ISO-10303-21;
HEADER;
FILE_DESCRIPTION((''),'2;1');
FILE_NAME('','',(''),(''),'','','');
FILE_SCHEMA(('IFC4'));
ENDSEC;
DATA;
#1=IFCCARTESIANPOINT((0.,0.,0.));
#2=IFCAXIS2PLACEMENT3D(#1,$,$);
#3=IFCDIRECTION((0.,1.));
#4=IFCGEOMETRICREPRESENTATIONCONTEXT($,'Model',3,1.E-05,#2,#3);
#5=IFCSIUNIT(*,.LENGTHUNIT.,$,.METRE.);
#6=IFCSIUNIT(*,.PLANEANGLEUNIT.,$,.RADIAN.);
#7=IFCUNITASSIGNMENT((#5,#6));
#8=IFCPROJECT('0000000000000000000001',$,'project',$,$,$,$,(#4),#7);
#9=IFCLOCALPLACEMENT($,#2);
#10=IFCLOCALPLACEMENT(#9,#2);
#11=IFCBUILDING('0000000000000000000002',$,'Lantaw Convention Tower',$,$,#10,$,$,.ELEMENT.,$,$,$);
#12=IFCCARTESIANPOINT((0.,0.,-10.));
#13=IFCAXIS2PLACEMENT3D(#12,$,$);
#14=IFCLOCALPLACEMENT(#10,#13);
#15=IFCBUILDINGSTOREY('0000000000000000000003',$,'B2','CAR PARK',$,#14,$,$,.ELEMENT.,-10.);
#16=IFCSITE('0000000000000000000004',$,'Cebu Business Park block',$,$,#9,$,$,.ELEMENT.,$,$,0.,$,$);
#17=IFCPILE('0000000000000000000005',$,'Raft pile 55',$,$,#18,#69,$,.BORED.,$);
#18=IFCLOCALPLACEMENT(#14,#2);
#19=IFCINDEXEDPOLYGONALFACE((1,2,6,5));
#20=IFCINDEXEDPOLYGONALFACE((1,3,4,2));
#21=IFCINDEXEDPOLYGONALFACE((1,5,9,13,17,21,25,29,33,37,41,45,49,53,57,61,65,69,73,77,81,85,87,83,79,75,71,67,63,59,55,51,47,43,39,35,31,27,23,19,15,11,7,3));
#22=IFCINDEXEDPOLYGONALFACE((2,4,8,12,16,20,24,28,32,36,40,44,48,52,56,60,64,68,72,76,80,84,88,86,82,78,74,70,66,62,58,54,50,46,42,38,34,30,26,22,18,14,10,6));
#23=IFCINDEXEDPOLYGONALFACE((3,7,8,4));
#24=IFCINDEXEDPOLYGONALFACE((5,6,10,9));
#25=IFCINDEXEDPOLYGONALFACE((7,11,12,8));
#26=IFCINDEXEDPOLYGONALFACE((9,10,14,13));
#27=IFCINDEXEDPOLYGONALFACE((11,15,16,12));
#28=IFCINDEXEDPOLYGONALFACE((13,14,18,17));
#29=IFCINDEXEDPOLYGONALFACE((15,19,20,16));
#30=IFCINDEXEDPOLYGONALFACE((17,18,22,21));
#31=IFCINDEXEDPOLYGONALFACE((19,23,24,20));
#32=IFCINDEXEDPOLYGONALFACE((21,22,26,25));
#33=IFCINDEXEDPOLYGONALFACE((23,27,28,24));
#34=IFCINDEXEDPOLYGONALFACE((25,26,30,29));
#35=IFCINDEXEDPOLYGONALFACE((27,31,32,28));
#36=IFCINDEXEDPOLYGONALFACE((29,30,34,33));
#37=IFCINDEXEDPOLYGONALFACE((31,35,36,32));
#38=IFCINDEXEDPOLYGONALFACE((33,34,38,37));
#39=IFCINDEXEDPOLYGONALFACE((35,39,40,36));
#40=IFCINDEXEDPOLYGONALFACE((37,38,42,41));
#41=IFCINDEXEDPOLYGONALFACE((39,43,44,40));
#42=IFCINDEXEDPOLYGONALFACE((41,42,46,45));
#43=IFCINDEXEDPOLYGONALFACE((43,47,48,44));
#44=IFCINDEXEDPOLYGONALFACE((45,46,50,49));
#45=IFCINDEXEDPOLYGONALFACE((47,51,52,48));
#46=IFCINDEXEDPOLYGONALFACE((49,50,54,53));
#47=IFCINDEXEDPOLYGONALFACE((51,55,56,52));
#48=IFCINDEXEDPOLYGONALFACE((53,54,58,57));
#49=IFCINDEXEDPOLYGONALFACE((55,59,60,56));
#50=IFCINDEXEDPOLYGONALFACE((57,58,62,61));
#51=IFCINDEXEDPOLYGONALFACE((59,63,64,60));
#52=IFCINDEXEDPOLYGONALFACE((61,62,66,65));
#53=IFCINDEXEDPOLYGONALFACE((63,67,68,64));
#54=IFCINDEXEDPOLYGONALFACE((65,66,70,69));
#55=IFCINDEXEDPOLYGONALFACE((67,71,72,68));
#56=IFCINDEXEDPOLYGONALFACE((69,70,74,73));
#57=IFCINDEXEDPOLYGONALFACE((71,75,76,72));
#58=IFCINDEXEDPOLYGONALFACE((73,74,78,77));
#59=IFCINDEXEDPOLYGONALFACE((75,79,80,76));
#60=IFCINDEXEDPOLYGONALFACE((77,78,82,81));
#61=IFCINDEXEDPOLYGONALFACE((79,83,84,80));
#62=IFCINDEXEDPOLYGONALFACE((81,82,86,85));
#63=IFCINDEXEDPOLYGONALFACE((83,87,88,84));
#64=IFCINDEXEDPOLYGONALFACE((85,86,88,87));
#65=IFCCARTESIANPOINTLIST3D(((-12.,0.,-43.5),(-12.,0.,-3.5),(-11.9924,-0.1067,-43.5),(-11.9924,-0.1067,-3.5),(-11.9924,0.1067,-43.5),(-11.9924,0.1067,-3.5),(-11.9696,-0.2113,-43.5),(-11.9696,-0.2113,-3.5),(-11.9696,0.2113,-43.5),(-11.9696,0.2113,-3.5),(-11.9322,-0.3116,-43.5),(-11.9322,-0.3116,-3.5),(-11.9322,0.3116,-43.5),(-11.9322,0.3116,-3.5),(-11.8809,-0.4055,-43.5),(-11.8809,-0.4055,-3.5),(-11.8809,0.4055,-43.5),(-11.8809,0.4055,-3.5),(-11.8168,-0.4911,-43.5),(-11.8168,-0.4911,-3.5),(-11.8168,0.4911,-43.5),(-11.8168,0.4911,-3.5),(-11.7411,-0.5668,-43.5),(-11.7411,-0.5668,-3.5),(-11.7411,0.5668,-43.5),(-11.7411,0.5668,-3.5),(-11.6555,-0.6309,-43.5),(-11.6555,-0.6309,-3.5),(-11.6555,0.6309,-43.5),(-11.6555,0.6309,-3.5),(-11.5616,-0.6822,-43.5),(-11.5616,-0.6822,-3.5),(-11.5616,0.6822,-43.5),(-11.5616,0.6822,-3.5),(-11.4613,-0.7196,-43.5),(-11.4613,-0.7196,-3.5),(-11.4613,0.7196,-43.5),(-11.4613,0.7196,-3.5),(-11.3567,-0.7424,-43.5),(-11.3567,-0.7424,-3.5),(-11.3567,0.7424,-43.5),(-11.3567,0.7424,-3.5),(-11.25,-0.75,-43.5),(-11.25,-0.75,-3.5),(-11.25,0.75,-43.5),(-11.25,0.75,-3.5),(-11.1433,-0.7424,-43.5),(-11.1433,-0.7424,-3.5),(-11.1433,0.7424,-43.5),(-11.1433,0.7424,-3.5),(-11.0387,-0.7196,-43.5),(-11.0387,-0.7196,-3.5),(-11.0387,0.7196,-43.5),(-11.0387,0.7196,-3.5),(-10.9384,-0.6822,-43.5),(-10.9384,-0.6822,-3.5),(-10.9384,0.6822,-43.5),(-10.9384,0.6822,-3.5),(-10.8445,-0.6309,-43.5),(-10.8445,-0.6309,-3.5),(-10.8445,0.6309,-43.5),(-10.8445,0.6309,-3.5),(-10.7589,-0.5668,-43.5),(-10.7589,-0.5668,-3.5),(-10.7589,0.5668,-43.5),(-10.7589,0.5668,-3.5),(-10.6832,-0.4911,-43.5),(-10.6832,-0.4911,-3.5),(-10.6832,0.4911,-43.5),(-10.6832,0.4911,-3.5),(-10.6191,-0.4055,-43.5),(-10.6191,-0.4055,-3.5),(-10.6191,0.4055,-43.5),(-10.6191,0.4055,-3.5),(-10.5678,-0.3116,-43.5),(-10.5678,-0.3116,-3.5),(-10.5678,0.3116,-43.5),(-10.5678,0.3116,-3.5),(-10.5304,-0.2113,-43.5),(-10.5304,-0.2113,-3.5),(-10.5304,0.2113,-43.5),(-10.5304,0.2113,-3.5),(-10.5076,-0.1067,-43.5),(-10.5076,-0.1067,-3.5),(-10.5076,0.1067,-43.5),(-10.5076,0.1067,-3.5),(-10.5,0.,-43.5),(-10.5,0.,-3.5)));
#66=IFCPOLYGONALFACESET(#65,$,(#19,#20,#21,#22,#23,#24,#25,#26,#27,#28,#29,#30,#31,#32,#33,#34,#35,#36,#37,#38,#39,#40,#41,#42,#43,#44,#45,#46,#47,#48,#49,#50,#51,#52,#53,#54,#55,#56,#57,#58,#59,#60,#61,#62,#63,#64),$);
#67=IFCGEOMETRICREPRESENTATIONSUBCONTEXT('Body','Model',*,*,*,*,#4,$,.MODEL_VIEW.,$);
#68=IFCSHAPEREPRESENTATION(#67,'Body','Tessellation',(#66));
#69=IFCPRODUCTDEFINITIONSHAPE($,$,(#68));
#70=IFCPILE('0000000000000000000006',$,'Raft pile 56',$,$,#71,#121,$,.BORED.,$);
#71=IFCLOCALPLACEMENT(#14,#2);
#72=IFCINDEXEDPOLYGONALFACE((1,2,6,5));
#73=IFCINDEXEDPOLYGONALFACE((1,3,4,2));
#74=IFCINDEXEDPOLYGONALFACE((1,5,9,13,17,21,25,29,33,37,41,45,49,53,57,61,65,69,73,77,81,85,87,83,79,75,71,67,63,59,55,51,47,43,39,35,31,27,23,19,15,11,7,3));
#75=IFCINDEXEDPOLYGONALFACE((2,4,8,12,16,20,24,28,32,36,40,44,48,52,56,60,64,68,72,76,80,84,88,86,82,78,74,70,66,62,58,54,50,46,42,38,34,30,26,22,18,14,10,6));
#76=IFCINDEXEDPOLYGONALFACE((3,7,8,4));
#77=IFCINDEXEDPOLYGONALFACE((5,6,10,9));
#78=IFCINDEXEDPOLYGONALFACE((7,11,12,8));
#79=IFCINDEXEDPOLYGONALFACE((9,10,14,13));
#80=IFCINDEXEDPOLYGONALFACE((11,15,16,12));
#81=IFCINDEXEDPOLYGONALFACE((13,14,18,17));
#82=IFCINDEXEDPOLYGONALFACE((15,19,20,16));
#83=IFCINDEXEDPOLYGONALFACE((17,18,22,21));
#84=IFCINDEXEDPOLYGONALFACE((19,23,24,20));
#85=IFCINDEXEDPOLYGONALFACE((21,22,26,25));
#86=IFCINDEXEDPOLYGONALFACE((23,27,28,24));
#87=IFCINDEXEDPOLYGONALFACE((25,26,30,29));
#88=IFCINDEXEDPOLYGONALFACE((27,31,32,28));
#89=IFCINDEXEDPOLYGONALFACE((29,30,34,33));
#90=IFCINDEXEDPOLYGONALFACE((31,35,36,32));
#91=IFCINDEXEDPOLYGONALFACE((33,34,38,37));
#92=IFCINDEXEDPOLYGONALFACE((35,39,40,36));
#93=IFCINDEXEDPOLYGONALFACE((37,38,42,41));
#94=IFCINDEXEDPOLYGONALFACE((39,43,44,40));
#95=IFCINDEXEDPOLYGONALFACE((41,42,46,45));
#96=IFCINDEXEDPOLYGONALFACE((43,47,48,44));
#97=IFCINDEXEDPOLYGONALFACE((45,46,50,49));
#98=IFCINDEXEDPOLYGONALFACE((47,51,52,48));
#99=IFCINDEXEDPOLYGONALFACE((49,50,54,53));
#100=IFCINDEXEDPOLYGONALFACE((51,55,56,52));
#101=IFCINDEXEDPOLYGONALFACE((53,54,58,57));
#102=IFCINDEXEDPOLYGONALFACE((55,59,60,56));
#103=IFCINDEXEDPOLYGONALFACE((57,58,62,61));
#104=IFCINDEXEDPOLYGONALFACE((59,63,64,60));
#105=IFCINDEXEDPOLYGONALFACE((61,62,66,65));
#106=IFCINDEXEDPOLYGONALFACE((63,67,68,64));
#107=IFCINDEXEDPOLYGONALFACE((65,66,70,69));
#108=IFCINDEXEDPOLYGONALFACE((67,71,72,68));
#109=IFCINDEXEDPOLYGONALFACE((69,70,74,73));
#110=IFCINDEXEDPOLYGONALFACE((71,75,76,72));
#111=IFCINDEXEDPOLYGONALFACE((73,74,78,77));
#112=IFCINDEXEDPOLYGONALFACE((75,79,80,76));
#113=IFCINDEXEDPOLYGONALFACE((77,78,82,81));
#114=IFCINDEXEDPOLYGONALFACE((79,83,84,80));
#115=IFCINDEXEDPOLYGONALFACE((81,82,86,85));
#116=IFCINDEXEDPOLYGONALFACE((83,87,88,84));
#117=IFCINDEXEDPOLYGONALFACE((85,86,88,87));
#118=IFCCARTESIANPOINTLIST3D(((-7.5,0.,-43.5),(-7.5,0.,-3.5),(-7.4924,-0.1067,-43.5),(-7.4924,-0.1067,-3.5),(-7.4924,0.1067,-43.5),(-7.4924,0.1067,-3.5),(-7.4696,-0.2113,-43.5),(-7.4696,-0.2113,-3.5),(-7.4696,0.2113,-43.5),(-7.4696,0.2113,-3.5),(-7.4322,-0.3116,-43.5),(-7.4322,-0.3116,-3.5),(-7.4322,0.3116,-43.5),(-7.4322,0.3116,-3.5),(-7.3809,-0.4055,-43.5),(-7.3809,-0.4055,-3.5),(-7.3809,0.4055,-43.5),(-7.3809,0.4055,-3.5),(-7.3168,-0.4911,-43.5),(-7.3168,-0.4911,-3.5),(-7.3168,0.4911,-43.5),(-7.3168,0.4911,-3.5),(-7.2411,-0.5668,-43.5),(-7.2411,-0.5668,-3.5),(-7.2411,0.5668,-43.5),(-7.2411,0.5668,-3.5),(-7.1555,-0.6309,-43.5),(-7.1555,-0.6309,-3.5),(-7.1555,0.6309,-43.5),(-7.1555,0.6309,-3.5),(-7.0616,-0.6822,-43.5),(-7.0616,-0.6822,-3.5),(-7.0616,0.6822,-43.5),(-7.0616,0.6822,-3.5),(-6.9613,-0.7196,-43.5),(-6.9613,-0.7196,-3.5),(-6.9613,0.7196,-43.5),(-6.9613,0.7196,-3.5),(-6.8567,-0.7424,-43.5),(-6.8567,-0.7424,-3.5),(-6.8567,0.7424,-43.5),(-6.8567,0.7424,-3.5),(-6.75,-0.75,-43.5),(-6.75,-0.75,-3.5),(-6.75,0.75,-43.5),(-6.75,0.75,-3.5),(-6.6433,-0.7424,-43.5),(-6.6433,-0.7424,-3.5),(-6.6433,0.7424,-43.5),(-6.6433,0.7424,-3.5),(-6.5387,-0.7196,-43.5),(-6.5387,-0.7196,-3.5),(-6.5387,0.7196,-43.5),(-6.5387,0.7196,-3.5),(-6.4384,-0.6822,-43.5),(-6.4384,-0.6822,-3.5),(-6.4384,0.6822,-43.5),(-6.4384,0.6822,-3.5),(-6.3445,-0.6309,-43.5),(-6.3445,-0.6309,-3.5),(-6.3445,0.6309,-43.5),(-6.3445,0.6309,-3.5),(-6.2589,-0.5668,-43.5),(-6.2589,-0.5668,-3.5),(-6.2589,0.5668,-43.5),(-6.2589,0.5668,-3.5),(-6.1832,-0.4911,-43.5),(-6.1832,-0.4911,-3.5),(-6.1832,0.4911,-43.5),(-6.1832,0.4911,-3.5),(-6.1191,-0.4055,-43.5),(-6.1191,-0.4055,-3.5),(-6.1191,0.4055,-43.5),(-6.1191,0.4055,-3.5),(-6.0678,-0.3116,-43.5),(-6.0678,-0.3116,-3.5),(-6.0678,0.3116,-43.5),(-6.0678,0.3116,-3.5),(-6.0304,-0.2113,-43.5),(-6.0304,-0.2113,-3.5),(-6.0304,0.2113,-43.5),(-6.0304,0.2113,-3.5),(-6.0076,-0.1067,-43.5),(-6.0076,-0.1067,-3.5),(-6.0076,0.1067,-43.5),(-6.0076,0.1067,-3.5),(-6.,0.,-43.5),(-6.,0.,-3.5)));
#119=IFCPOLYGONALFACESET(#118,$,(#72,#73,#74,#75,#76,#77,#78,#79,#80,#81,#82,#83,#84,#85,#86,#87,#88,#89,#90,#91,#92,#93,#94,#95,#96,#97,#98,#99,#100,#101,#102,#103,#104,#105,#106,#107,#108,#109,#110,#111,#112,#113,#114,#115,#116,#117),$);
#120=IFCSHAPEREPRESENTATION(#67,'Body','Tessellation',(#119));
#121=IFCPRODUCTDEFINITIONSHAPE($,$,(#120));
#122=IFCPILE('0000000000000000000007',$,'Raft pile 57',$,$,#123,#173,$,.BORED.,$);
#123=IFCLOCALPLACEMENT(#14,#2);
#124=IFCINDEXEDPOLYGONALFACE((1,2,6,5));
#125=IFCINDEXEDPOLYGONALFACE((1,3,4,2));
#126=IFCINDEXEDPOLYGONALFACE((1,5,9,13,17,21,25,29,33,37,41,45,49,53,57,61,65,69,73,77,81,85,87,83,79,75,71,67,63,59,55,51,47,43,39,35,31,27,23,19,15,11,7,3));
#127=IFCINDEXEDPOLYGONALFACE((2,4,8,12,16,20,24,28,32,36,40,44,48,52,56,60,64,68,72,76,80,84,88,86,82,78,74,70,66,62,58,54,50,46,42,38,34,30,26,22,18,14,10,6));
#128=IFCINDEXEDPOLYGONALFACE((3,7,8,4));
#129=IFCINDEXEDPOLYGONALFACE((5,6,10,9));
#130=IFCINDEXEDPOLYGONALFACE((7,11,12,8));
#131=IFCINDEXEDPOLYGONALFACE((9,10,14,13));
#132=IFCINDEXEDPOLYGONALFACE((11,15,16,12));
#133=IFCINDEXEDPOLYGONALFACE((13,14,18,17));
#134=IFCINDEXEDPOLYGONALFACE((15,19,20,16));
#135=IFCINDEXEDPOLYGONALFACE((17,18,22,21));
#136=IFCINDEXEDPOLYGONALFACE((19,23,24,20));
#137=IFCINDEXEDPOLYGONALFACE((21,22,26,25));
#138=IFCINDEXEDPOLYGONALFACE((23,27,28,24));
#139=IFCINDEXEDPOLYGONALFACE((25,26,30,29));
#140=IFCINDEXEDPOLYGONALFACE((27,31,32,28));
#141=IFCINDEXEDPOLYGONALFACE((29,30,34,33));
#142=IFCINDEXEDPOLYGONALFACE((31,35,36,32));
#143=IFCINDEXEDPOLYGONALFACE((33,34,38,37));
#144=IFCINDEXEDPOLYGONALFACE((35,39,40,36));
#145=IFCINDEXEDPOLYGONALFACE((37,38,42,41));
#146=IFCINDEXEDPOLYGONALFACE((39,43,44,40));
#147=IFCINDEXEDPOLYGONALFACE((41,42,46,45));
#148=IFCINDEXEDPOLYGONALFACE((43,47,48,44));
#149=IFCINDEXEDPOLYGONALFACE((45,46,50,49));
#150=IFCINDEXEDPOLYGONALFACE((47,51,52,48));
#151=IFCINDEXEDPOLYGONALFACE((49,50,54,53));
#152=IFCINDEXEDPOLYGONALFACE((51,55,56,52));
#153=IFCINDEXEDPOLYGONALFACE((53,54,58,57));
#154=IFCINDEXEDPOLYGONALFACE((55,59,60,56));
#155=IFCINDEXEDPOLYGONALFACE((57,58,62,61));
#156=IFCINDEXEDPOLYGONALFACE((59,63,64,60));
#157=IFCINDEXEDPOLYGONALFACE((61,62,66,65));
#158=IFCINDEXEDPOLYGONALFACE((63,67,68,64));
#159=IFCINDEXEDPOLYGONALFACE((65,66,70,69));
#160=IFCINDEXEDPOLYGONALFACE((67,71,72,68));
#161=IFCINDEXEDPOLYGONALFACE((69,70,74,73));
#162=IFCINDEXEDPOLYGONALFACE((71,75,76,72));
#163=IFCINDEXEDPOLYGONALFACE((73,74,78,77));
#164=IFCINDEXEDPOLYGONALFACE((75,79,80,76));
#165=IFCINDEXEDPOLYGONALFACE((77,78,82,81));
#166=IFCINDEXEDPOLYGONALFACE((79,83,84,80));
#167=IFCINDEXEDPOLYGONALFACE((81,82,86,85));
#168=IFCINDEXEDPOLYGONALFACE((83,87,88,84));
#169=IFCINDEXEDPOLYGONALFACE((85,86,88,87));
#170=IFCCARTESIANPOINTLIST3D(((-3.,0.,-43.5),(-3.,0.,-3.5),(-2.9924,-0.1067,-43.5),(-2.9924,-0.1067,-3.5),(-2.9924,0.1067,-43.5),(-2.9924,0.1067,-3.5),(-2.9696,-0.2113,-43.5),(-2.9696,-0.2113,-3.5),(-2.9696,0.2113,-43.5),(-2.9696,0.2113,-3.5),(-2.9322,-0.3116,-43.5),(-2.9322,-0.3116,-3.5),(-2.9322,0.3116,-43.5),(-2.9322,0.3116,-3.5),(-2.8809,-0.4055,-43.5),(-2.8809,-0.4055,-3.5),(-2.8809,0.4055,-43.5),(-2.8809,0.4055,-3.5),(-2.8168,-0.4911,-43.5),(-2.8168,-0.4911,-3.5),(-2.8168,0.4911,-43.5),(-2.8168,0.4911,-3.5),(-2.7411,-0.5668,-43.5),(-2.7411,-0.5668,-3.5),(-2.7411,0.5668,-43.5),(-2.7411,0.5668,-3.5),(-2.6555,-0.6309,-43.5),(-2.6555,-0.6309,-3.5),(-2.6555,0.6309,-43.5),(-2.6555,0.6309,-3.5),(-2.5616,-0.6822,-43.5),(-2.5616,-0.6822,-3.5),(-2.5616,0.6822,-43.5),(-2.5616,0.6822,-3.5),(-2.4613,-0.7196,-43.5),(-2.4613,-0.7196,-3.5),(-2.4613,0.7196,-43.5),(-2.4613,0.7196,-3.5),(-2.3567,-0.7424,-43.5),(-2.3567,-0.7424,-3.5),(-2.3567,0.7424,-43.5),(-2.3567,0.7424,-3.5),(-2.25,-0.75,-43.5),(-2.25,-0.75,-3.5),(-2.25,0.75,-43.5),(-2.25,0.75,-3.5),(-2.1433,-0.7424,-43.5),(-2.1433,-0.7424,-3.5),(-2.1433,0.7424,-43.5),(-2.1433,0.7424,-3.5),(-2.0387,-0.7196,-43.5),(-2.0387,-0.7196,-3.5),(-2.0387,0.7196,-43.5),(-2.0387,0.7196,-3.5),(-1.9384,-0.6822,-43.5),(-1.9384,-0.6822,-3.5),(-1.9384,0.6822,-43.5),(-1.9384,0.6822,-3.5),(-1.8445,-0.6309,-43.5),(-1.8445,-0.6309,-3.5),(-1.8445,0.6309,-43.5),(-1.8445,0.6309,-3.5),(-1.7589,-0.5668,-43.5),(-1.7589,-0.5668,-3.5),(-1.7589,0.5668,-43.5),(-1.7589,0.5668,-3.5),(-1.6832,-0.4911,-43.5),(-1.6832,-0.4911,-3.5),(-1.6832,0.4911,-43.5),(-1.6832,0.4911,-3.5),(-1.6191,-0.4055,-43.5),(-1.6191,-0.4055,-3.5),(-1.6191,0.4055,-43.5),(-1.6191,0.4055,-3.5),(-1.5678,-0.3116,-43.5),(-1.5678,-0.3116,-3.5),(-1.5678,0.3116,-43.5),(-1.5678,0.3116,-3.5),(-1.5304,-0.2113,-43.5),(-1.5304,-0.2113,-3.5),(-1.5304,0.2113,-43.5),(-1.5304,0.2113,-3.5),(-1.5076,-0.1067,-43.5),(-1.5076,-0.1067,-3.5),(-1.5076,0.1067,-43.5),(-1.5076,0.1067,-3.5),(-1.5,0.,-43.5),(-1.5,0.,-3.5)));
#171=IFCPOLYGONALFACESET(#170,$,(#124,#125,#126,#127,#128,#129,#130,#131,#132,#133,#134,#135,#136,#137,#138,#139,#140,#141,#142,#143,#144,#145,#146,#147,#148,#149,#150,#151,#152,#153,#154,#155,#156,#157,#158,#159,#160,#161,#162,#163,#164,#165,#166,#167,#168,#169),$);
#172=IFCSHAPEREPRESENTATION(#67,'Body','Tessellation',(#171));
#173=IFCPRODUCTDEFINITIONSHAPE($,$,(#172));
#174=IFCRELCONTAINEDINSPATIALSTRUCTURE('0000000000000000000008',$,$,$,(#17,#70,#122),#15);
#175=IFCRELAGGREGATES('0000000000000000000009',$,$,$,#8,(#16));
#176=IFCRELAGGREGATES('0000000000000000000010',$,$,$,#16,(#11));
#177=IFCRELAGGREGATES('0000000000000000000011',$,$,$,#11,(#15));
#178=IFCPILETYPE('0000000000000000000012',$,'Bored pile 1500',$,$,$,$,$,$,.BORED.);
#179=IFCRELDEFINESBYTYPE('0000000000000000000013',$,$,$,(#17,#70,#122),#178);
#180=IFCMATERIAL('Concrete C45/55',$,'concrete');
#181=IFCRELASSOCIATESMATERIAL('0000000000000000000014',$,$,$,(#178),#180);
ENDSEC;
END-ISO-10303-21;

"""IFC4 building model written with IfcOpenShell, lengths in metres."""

from ifc_helpers import new_model, si_unit, direction, frame, origin, origin_2d, place, context, subcontext, project, spatial, circle, extrude, material, material_profile, profile_set, type_object, element, save


model = new_model("IFC4")

# Units and contexts
model_context = context("Model", 3, precision=1e-05, world=origin(), true_north=direction((0.0, 1.0)))
body_context = subcontext(model_context, "Body", "Model", "MODEL_VIEW")
ifc_project = project(units=[si_unit("LENGTHUNIT", "METRE"), si_unit("PLANEANGLEUNIT", "RADIAN")], contexts=[model_context])

# Site, building, storey
site_placement = place(None, origin())
site = spatial("IfcSite", under=ifc_project, at=site_placement, Name="Cebu Business Park block", CompositionType="ELEMENT", RefElevation=0.0)
building_placement = place(site_placement, origin())
building = spatial("IfcBuilding", under=site, at=building_placement, Name="Lantaw Convention Tower", CompositionType="ELEMENT")
storey_placement = place(building_placement, frame((0.0, 0.0, -10.0)))
storey = spatial("IfcBuildingStorey", under=building, at=storey_placement, Name="B2", Description="CAR PARK", CompositionType="ELEMENT", Elevation=-10.0)

# Piles
ifc_material_1 = material(Name="Concrete C45/55", Category="concrete")
ifc_material_profile_1 = material_profile(ifc_material_1, circle(Radius=0.75, at=origin_2d()), Name="Bored pile 1500")
ifc_profile_set_1 = profile_set([ifc_material_profile_1], Name="Concrete C45/55")
pile_type_1 = type_object("IfcPileType", Name="Bored pile 1500", PredefinedType="BORED", material=ifc_profile_set_1)
for number, where, z_axis, x_axis, name in (
    (1, (-11.25, 0.0, -3.5), (0.0, 0.0, -1.0), (1.0, 0.0, 0.0), "Raft pile 55"),
    (2, (-6.75, 0.0, -3.5), (0.0, 0.0, -1.0), (1.0, 0.0, 0.0), "Raft pile 56"),
    (3, (-2.25, 0.0, -3.5), (0.0, 0.0, -1.0), (1.0, 0.0, 0.0), "Raft pile 57"),
):
    element("IfcPile", number, at=place(storey_placement, frame(where, z_axis=z_axis, x_axis=x_axis)), inside=storey, type_object=pile_type_1, Name=name, PredefinedType="BORED", context=body_context, shape_type="SweptSolid", body=[
        extrude(circle(Radius=0.75, at=origin_2d()), origin(), (0.0, 0.0, 1.0), 40.0),
    ])

save(model, "model.ifc")
